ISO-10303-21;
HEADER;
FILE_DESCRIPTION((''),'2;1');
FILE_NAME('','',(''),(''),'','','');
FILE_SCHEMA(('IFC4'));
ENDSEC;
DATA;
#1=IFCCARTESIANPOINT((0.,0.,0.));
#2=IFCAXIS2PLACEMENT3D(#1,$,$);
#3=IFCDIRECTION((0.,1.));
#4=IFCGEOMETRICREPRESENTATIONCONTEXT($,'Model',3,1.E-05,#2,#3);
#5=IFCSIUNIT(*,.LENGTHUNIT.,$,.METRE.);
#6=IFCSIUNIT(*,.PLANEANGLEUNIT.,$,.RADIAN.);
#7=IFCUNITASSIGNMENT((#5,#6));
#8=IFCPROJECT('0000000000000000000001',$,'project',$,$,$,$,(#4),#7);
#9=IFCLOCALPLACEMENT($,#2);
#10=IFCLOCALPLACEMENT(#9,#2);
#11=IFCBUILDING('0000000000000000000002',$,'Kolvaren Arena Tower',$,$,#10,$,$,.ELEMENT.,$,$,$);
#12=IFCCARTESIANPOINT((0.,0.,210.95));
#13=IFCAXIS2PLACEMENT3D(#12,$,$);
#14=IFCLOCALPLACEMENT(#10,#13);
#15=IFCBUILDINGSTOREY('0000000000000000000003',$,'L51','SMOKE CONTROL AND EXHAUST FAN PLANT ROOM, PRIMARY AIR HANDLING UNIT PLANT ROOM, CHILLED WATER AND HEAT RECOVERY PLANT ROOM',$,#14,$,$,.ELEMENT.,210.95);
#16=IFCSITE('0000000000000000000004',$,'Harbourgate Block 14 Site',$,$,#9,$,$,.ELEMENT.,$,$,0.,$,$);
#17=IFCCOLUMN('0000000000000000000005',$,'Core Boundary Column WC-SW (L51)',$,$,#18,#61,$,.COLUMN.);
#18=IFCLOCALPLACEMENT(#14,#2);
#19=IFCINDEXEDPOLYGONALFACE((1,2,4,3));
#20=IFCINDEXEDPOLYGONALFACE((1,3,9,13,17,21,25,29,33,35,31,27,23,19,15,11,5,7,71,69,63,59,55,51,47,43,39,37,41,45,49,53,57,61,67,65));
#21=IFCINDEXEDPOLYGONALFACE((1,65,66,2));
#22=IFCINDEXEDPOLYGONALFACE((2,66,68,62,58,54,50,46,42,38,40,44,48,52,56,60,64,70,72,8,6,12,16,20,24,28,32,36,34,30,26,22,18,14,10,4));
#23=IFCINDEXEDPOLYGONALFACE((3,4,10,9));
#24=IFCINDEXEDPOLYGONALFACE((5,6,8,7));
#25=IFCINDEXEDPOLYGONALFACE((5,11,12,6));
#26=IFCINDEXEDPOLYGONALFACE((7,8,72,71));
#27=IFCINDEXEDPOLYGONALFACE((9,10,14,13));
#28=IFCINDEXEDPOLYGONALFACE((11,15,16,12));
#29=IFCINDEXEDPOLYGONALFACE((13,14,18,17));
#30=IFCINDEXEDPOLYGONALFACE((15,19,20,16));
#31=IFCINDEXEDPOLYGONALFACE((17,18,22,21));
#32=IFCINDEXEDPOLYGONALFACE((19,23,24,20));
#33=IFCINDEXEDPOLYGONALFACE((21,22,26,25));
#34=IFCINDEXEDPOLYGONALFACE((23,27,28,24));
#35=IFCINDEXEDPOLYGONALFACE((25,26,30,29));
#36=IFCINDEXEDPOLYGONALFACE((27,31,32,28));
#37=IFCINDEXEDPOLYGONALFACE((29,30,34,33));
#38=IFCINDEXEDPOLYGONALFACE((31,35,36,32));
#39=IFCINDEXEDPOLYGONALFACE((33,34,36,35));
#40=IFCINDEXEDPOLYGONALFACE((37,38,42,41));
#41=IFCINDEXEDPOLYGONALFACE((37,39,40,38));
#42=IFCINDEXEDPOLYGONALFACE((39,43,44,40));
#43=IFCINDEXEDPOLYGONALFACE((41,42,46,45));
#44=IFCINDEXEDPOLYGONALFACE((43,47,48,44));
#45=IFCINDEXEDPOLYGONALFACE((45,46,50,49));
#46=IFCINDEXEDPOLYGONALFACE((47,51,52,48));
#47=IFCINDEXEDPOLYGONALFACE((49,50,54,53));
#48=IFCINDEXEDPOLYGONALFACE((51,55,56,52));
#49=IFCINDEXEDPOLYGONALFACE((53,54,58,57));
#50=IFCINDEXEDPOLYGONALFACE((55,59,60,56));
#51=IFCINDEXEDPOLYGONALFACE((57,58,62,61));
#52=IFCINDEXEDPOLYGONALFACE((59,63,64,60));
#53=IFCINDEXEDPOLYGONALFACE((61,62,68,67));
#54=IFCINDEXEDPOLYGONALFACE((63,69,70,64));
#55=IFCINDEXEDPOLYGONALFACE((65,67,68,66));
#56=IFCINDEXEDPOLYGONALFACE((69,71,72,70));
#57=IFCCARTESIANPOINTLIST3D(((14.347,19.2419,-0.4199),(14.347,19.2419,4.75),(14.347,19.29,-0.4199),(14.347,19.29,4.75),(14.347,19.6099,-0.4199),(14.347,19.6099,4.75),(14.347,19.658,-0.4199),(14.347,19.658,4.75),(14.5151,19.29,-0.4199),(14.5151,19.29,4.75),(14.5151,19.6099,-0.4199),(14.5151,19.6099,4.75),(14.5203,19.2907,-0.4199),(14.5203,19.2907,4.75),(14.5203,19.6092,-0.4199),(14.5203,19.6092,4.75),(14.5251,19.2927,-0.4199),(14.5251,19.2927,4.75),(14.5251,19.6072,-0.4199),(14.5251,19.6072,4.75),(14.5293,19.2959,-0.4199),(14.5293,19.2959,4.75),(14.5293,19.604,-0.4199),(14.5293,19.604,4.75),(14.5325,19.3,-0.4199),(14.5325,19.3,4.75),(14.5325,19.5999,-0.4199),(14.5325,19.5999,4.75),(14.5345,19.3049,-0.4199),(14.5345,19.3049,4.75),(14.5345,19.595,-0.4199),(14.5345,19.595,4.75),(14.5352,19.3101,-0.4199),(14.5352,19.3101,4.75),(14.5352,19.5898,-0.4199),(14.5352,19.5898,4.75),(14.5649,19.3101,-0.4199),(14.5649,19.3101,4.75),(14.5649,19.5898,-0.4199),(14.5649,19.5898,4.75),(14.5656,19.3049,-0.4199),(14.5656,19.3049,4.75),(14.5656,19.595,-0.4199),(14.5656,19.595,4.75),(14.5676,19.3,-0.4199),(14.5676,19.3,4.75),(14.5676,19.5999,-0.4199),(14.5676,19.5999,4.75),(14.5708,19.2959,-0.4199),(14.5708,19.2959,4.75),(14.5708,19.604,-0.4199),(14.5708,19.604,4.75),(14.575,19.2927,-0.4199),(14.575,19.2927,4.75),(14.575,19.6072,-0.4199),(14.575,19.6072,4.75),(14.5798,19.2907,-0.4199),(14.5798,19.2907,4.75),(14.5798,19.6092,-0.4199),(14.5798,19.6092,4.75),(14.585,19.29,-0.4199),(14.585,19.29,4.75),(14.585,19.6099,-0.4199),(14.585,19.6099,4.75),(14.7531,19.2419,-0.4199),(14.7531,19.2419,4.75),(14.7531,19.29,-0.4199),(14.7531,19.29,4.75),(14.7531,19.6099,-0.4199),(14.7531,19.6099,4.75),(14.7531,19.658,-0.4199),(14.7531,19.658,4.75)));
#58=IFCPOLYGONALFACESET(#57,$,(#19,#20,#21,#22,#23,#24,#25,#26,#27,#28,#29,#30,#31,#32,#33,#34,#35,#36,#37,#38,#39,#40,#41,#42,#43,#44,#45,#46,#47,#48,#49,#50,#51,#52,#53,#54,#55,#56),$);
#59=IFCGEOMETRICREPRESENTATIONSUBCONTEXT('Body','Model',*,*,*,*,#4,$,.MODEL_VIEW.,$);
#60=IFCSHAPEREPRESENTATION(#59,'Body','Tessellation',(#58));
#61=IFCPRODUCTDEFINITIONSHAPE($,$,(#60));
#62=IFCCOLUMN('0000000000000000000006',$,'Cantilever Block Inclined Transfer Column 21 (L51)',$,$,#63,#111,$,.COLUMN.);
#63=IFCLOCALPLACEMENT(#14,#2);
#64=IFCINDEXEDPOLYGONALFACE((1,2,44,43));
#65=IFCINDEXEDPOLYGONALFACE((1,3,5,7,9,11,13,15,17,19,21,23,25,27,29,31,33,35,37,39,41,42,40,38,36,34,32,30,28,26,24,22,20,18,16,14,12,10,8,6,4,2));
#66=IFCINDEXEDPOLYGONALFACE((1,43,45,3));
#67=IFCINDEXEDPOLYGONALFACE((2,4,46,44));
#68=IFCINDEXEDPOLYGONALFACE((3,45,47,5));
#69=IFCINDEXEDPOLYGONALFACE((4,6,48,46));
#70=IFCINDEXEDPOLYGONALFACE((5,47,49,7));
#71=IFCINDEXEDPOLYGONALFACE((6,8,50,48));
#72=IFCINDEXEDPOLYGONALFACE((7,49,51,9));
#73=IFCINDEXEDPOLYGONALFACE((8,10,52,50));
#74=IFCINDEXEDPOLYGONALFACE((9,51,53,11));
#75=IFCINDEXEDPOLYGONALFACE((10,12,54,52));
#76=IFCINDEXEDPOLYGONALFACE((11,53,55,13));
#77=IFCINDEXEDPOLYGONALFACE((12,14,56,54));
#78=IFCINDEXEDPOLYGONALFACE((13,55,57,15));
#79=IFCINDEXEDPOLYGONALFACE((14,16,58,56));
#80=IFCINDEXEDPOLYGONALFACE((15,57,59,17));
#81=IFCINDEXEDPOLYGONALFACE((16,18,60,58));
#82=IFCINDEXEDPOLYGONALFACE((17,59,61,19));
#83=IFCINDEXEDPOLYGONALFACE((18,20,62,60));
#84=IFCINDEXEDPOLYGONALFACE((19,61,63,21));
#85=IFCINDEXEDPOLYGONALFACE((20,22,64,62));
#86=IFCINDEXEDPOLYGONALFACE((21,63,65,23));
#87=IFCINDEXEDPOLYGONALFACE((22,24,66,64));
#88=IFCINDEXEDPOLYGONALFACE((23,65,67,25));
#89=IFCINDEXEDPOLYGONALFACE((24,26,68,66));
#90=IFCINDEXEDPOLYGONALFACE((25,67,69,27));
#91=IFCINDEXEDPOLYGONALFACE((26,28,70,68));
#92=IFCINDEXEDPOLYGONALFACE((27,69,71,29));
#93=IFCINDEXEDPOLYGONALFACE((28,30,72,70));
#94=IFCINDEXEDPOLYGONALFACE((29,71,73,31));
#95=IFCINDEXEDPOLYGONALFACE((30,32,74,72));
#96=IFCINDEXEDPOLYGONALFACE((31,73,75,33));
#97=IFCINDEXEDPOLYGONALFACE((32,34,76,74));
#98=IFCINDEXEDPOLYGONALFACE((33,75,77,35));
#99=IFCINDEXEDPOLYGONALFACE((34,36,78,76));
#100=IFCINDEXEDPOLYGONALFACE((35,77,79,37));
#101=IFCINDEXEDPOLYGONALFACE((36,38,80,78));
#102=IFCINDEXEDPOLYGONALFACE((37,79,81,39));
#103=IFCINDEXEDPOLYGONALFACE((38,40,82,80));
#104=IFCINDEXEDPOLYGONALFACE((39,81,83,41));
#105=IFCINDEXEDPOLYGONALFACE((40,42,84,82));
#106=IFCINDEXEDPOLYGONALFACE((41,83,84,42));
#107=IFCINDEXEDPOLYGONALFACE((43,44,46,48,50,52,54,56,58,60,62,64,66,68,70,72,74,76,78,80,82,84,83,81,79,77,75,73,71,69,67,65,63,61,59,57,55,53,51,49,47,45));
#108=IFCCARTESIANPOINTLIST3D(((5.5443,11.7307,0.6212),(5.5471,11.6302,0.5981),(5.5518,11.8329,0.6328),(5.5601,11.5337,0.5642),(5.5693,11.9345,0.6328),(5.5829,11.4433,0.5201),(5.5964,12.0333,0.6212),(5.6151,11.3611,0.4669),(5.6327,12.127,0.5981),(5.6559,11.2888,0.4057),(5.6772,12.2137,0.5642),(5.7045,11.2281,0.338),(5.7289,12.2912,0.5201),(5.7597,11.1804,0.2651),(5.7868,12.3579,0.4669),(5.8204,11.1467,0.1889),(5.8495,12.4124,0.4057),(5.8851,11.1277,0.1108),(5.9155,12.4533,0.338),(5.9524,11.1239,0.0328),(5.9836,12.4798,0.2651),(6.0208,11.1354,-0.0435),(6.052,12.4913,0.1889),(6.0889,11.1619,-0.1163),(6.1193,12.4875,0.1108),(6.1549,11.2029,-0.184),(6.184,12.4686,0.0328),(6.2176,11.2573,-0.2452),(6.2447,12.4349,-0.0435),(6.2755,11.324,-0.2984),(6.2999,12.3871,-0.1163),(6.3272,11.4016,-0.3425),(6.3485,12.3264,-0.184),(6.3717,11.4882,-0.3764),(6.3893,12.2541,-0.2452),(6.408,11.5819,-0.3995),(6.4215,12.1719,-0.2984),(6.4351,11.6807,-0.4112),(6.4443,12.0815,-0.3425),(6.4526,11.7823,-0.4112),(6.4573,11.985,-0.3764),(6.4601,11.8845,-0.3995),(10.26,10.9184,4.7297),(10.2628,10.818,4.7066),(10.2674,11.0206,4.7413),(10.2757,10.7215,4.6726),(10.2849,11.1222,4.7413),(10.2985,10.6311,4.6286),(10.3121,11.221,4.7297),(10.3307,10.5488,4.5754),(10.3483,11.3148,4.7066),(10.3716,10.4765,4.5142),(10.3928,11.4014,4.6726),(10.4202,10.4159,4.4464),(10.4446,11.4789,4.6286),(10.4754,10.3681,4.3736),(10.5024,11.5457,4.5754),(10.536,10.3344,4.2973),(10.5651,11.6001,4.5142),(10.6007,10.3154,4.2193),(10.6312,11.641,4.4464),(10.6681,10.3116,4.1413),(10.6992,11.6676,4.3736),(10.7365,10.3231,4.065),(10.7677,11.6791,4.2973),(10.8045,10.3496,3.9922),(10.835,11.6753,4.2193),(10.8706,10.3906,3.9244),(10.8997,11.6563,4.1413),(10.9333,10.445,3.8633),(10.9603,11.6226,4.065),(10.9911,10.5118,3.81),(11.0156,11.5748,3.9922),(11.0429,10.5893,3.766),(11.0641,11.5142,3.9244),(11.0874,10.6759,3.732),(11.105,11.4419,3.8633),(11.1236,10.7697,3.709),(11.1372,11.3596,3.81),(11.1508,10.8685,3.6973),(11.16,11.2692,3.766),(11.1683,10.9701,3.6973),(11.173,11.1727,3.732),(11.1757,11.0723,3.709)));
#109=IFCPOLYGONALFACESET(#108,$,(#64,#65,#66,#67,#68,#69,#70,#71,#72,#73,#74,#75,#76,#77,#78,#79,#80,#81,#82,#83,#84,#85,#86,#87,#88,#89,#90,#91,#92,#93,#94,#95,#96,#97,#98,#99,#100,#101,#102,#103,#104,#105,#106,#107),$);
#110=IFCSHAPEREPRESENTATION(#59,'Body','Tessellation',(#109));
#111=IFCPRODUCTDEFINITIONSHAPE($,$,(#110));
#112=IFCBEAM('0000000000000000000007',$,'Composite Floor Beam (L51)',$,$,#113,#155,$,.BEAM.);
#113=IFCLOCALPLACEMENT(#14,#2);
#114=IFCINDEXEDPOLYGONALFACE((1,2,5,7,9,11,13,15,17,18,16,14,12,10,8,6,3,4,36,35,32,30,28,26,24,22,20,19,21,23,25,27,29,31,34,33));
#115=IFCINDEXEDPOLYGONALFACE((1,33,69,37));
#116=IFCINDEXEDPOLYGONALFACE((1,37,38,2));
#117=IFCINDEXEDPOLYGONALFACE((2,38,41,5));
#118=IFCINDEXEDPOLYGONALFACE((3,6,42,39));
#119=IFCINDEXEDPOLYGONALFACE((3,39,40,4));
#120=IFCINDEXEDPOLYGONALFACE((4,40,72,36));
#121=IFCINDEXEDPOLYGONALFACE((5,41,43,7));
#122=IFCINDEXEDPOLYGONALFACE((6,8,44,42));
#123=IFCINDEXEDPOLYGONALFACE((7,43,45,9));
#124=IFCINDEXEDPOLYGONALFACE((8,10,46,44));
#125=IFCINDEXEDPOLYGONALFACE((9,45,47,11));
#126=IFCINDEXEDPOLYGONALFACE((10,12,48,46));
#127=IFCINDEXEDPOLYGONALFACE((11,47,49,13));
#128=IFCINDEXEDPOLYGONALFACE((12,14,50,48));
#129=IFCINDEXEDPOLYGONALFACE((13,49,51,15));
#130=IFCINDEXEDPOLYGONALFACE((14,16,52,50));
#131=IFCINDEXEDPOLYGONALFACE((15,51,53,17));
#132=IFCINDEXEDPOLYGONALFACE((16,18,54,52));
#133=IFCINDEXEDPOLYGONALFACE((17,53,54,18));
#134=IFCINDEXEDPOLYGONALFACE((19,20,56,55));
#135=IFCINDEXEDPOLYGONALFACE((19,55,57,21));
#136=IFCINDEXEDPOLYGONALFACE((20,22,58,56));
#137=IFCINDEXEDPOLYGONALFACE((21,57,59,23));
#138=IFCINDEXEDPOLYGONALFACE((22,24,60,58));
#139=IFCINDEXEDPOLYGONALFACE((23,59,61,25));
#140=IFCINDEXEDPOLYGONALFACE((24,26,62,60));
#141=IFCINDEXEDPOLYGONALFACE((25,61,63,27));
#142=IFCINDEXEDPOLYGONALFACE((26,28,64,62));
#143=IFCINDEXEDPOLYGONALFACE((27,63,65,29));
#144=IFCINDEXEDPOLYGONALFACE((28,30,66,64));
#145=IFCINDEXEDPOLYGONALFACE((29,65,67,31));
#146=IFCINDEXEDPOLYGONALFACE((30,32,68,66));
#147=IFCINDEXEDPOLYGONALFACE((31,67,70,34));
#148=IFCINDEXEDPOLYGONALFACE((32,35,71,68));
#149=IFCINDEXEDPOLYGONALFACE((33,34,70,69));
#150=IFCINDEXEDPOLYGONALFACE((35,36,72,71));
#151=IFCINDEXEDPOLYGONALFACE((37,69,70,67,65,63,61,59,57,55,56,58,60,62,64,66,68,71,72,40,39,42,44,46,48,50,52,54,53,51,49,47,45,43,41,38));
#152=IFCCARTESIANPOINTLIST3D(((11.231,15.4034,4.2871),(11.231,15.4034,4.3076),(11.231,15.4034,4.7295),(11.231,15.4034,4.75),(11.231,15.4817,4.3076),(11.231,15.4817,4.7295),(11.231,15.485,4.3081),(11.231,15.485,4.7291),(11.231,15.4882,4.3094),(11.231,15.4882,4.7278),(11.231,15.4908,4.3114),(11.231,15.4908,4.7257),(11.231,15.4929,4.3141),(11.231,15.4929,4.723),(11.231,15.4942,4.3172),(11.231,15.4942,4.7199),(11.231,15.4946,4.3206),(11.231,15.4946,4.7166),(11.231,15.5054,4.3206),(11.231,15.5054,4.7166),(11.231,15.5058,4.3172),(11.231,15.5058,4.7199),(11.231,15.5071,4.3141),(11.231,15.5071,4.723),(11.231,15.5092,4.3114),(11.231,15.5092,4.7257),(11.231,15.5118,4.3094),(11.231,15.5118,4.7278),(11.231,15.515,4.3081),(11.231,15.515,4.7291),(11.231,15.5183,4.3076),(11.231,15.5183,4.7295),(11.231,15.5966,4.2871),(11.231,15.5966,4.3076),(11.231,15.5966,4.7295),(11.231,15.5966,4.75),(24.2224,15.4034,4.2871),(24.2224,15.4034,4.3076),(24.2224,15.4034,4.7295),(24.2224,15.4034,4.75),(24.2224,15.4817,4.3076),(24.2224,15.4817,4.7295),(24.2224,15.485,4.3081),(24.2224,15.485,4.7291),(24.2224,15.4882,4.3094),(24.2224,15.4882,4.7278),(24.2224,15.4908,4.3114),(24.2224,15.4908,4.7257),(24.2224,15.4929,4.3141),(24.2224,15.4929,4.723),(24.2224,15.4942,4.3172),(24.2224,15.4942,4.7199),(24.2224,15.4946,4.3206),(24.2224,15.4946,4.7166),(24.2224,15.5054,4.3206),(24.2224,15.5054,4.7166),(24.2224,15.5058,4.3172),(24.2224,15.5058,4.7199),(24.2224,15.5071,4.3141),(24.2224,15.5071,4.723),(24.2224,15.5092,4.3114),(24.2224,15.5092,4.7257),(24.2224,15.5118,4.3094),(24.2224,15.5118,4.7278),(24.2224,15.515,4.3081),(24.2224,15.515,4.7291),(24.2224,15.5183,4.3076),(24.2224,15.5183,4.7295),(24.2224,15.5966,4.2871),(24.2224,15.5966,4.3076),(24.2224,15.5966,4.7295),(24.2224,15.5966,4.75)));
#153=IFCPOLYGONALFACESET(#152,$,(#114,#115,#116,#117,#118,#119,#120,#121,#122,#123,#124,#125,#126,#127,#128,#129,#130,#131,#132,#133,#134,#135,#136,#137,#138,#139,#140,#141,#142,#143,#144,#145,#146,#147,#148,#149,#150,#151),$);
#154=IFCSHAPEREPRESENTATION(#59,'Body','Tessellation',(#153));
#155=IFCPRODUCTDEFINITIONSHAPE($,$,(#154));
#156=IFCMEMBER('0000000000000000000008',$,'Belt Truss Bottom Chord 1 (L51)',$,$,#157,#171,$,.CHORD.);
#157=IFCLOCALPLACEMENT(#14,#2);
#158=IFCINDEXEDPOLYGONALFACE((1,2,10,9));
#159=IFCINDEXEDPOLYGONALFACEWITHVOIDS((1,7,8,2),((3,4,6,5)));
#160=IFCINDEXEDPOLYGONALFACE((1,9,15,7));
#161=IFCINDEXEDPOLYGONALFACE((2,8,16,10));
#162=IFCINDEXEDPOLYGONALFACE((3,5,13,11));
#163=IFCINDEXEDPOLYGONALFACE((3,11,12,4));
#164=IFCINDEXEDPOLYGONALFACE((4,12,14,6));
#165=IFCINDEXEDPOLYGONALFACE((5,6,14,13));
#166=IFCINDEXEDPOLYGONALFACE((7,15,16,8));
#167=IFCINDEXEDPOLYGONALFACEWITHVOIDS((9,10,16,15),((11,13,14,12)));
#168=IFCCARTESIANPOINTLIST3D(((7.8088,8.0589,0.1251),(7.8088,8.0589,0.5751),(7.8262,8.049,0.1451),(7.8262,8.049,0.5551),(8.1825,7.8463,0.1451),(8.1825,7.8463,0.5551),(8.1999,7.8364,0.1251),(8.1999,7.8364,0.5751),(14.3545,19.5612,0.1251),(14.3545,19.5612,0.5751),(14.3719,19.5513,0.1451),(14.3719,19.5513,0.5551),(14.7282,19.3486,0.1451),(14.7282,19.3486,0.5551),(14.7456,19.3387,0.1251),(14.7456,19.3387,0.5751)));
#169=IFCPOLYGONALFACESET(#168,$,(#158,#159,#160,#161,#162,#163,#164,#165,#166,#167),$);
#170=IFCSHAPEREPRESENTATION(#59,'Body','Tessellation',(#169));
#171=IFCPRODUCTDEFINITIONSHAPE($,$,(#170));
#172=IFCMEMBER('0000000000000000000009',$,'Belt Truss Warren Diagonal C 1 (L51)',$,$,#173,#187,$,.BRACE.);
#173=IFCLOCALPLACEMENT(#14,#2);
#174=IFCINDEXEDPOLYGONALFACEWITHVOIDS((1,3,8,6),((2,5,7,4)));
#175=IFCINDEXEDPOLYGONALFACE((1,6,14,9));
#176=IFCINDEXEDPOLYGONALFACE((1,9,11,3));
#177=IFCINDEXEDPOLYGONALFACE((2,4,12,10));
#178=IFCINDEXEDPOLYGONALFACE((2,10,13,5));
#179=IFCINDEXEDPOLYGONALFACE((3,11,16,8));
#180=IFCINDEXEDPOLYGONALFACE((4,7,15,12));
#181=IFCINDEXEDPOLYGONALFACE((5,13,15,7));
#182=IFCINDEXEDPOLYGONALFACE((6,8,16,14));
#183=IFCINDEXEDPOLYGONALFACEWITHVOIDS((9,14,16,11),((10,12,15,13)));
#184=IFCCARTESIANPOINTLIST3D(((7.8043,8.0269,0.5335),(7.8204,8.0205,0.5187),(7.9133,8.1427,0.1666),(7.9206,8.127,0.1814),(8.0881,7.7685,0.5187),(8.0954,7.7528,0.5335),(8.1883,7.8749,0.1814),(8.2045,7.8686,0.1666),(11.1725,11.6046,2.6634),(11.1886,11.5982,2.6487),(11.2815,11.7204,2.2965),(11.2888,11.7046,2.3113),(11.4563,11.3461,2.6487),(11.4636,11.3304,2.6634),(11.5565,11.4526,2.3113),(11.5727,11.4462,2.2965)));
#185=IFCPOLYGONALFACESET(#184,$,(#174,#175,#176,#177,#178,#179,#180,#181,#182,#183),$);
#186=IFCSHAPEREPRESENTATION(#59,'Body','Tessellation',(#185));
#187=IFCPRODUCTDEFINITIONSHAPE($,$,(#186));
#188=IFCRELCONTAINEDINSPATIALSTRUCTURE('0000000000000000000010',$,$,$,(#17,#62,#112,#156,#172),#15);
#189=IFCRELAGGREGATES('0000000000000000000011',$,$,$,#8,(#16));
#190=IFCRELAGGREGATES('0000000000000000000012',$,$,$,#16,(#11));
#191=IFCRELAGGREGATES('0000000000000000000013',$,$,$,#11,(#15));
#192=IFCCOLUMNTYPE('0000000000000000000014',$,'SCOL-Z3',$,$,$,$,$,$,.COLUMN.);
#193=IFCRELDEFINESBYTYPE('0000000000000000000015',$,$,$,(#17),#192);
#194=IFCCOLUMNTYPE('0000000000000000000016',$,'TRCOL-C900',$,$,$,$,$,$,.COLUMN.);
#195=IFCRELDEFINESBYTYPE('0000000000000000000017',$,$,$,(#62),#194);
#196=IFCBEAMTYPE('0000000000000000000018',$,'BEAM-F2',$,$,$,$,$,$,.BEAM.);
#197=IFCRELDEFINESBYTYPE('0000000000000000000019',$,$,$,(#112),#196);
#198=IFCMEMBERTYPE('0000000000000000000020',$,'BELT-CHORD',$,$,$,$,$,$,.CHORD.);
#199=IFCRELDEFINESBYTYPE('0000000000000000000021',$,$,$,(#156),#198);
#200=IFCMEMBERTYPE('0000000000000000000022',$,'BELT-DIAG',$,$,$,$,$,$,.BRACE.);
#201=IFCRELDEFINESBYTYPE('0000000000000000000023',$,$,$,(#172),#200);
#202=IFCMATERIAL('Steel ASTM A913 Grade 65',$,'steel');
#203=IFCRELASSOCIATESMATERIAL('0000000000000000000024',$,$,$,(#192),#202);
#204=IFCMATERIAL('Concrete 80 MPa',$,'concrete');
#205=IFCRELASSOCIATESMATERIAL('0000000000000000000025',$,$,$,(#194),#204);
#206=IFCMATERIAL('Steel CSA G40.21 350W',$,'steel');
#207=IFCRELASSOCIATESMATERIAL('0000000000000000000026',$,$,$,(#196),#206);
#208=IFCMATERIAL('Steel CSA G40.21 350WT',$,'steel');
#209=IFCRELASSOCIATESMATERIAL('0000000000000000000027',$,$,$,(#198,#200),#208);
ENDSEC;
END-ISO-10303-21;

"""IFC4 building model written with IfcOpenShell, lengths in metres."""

from ifc_helpers import new_model, si_unit, direction, frame, origin, origin_2d, place, context, subcontext, project, spatial, hollow_rectangle, circle, i_section, extrude, material, material_profile, profile_set, type_object, element, save


model = new_model("IFC4")

# Units and contexts
model_context = context("Model", 3, precision=1e-05, world=origin(), true_north=direction((0.0, 1.0)))
body_context = subcontext(model_context, "Body", "Model", "MODEL_VIEW")
ifc_project = project(units=[si_unit("LENGTHUNIT", "METRE"), si_unit("PLANEANGLEUNIT", "RADIAN")], contexts=[model_context])

# Site, building, storey
site_placement = place(None, origin())
site = spatial("IfcSite", under=ifc_project, at=site_placement, Name="Harbourgate Block 14 Site", CompositionType="ELEMENT", RefElevation=0.0)
building_placement = place(site_placement, origin())
building = spatial("IfcBuilding", under=site, at=building_placement, Name="Kolvaren Arena Tower", CompositionType="ELEMENT")
storey_placement = place(building_placement, frame((0.0, 0.0, 210.95)))
storey = spatial("IfcBuildingStorey", under=building, at=storey_placement, Name="L51", Description="SMOKE CONTROL AND EXHAUST FAN PLANT ROOM, PRIMARY AIR HANDLING UNIT PLANT ROOM, CHILLED WATER AND HEAT RECOVERY PLANT ROOM", CompositionType="ELEMENT", Elevation=210.95)

# Columns
ifc_material_1 = material(Name="Steel ASTM A913 Grade 65", Category="steel")
ifc_material_profile_1 = material_profile(ifc_material_1, i_section(OverallWidth=0.406, OverallDepth=0.416, WebThickness=0.0298, FlangeThickness=0.0481, FilletRadius=0.02, at=origin_2d()), Name="W360x382")
ifc_profile_set_1 = profile_set([ifc_material_profile_1], Name="Steel ASTM A913 Grade 65")
column_type_1 = type_object("IfcColumnType", Name="SCOL-Z3", PredefinedType="COLUMN", material=ifc_profile_set_1)
column_1_placement = place(storey_placement, frame((14.55, 19.45, -0.4199), z_axis=(0.0, 0.0, 1.0), x_axis=(1.0, 0.0, 0.0)))
element("IfcColumn", 1, at=column_1_placement, inside=storey, type_object=column_type_1, Name="Core Boundary Column WC-SW (L51)", PredefinedType="COLUMN", context=body_context, shape_type="SweptSolid", body=[
    extrude(i_section(OverallWidth=0.406, OverallDepth=0.416, WebThickness=0.0298, FlangeThickness=0.0481, FilletRadius=0.02, at=origin_2d()), origin(), (0.0, 0.0, 1.0), 5.1699),
])
ifc_material_2 = material(Name="Concrete 80 MPa", Category="concrete")
ifc_material_profile_2 = material_profile(ifc_material_2, circle(Radius=0.6899, at=origin_2d()), Name="RC-CIRC-1380")
ifc_profile_set_2 = profile_set([ifc_material_profile_2], Name="Concrete 80 MPa")
column_type_2 = type_object("IfcColumnType", Name="TRCOL-C900", PredefinedType="COLUMN", material=ifc_profile_set_2)
column_2_placement = place(storey_placement, frame((6.0022, 11.8076, 0.1108), z_axis=(0.747701, -0.128791, 0.651427), x_axis=(0.16975, 0.985487, 0.0)))
element("IfcColumn", 2, at=column_2_placement, inside=storey, type_object=column_type_2, Name="Cantilever Block Inclined Transfer Column 21 (L51)", PredefinedType="COLUMN", context=body_context, shape_type="SweptSolid", body=[
    extrude(circle(Radius=0.6899, at=origin_2d()), origin(), (0.0, 0.0, 1.0), 6.3069),
])

# Beam
ifc_material_3 = material(Name="Steel CSA G40.21 350W", Category="steel")
ifc_material_profile_3 = material_profile(ifc_material_3, i_section(OverallWidth=0.1931, OverallDepth=0.4629, WebThickness=0.0107, FlangeThickness=0.0205, FilletRadius=0.0129, at=origin_2d()), Name="W460x113")
ifc_profile_set_3 = profile_set([ifc_material_profile_3], Name="Steel CSA G40.21 350W")
beam_type_1 = type_object("IfcBeamType", Name="BEAM-F2", PredefinedType="BEAM", material=ifc_profile_set_3)
beam_1_placement = place(storey_placement, frame((11.231, 15.5, 4.5186), z_axis=(1.0, 0.0, 0.0), x_axis=(0.0, 1.0, 0.0)))
element("IfcBeam", 3, at=beam_1_placement, inside=storey, type_object=beam_type_1, Name="Composite Floor Beam (L51)", PredefinedType="BEAM", context=body_context, shape_type="SweptSolid", body=[
    extrude(i_section(OverallWidth=0.1931, OverallDepth=0.4629, WebThickness=0.0107, FlangeThickness=0.0205, FilletRadius=0.0129, at=origin_2d()), origin(), (0.0, 0.0, 1.0), 12.9915),
])

# Members
ifc_material_4 = material(Name="Steel CSA G40.21 350WT", Category="steel")
ifc_material_profile_4 = material_profile(ifc_material_4, hollow_rectangle(XDim=0.45, YDim=0.45, WallThickness=0.02, at=origin_2d()), Name="HSS 450x450x20")
ifc_profile_set_4 = profile_set([ifc_material_profile_4], Name="Steel CSA G40.21 350WT")
member_type_1 = type_object("IfcMemberType", Name="BELT-CHORD", PredefinedType="CHORD", material=ifc_profile_set_4)
member_1_placement = place(storey_placement, frame((14.55, 19.45, 0.3501), z_axis=(-0.494598, -0.869122, 0.0), x_axis=(0.869122, -0.494598, 0.0)))
element("IfcMember", 4, at=member_1_placement, inside=storey, type_object=member_type_1, Name="Belt Truss Bottom Chord 1 (L51)", PredefinedType="CHORD", context=body_context, shape_type="SweptSolid", body=[
    extrude(hollow_rectangle(XDim=0.45, YDim=0.45, WallThickness=0.02, at=origin_2d()), origin(), (0.0, 0.0, 1.0), 13.2344),
])
ifc_material_profile_5 = material_profile(ifc_material_4, hollow_rectangle(XDim=0.3999, YDim=0.3999, WallThickness=0.0161, at=origin_2d()), Name="HSS 400x400x16")
ifc_profile_set_5 = profile_set([ifc_material_profile_5], Name="Steel CSA G40.21 350WT")
member_type_2 = type_object("IfcMemberType", Name="BELT-DIAG", PredefinedType="BRACE", material=ifc_profile_set_5)
member_2_placement = place(storey_placement, frame((11.3726, 11.5254, 2.48), z_axis=(-0.628927, -0.668042, -0.397707), x_axis=(0.728101, -0.68547, 0.0)))
element("IfcMember", 5, at=member_2_placement, inside=storey, type_object=member_type_2, Name="Belt Truss Warren Diagonal C 1 (L51)", PredefinedType="BRACE", context=body_context, shape_type="SweptSolid", body=[
    extrude(hollow_rectangle(XDim=0.3999, YDim=0.3999, WallThickness=0.0161, at=origin_2d()), origin(), (0.0, 0.0, 1.0), 5.3555),
])

save(model, "model.ifc")
